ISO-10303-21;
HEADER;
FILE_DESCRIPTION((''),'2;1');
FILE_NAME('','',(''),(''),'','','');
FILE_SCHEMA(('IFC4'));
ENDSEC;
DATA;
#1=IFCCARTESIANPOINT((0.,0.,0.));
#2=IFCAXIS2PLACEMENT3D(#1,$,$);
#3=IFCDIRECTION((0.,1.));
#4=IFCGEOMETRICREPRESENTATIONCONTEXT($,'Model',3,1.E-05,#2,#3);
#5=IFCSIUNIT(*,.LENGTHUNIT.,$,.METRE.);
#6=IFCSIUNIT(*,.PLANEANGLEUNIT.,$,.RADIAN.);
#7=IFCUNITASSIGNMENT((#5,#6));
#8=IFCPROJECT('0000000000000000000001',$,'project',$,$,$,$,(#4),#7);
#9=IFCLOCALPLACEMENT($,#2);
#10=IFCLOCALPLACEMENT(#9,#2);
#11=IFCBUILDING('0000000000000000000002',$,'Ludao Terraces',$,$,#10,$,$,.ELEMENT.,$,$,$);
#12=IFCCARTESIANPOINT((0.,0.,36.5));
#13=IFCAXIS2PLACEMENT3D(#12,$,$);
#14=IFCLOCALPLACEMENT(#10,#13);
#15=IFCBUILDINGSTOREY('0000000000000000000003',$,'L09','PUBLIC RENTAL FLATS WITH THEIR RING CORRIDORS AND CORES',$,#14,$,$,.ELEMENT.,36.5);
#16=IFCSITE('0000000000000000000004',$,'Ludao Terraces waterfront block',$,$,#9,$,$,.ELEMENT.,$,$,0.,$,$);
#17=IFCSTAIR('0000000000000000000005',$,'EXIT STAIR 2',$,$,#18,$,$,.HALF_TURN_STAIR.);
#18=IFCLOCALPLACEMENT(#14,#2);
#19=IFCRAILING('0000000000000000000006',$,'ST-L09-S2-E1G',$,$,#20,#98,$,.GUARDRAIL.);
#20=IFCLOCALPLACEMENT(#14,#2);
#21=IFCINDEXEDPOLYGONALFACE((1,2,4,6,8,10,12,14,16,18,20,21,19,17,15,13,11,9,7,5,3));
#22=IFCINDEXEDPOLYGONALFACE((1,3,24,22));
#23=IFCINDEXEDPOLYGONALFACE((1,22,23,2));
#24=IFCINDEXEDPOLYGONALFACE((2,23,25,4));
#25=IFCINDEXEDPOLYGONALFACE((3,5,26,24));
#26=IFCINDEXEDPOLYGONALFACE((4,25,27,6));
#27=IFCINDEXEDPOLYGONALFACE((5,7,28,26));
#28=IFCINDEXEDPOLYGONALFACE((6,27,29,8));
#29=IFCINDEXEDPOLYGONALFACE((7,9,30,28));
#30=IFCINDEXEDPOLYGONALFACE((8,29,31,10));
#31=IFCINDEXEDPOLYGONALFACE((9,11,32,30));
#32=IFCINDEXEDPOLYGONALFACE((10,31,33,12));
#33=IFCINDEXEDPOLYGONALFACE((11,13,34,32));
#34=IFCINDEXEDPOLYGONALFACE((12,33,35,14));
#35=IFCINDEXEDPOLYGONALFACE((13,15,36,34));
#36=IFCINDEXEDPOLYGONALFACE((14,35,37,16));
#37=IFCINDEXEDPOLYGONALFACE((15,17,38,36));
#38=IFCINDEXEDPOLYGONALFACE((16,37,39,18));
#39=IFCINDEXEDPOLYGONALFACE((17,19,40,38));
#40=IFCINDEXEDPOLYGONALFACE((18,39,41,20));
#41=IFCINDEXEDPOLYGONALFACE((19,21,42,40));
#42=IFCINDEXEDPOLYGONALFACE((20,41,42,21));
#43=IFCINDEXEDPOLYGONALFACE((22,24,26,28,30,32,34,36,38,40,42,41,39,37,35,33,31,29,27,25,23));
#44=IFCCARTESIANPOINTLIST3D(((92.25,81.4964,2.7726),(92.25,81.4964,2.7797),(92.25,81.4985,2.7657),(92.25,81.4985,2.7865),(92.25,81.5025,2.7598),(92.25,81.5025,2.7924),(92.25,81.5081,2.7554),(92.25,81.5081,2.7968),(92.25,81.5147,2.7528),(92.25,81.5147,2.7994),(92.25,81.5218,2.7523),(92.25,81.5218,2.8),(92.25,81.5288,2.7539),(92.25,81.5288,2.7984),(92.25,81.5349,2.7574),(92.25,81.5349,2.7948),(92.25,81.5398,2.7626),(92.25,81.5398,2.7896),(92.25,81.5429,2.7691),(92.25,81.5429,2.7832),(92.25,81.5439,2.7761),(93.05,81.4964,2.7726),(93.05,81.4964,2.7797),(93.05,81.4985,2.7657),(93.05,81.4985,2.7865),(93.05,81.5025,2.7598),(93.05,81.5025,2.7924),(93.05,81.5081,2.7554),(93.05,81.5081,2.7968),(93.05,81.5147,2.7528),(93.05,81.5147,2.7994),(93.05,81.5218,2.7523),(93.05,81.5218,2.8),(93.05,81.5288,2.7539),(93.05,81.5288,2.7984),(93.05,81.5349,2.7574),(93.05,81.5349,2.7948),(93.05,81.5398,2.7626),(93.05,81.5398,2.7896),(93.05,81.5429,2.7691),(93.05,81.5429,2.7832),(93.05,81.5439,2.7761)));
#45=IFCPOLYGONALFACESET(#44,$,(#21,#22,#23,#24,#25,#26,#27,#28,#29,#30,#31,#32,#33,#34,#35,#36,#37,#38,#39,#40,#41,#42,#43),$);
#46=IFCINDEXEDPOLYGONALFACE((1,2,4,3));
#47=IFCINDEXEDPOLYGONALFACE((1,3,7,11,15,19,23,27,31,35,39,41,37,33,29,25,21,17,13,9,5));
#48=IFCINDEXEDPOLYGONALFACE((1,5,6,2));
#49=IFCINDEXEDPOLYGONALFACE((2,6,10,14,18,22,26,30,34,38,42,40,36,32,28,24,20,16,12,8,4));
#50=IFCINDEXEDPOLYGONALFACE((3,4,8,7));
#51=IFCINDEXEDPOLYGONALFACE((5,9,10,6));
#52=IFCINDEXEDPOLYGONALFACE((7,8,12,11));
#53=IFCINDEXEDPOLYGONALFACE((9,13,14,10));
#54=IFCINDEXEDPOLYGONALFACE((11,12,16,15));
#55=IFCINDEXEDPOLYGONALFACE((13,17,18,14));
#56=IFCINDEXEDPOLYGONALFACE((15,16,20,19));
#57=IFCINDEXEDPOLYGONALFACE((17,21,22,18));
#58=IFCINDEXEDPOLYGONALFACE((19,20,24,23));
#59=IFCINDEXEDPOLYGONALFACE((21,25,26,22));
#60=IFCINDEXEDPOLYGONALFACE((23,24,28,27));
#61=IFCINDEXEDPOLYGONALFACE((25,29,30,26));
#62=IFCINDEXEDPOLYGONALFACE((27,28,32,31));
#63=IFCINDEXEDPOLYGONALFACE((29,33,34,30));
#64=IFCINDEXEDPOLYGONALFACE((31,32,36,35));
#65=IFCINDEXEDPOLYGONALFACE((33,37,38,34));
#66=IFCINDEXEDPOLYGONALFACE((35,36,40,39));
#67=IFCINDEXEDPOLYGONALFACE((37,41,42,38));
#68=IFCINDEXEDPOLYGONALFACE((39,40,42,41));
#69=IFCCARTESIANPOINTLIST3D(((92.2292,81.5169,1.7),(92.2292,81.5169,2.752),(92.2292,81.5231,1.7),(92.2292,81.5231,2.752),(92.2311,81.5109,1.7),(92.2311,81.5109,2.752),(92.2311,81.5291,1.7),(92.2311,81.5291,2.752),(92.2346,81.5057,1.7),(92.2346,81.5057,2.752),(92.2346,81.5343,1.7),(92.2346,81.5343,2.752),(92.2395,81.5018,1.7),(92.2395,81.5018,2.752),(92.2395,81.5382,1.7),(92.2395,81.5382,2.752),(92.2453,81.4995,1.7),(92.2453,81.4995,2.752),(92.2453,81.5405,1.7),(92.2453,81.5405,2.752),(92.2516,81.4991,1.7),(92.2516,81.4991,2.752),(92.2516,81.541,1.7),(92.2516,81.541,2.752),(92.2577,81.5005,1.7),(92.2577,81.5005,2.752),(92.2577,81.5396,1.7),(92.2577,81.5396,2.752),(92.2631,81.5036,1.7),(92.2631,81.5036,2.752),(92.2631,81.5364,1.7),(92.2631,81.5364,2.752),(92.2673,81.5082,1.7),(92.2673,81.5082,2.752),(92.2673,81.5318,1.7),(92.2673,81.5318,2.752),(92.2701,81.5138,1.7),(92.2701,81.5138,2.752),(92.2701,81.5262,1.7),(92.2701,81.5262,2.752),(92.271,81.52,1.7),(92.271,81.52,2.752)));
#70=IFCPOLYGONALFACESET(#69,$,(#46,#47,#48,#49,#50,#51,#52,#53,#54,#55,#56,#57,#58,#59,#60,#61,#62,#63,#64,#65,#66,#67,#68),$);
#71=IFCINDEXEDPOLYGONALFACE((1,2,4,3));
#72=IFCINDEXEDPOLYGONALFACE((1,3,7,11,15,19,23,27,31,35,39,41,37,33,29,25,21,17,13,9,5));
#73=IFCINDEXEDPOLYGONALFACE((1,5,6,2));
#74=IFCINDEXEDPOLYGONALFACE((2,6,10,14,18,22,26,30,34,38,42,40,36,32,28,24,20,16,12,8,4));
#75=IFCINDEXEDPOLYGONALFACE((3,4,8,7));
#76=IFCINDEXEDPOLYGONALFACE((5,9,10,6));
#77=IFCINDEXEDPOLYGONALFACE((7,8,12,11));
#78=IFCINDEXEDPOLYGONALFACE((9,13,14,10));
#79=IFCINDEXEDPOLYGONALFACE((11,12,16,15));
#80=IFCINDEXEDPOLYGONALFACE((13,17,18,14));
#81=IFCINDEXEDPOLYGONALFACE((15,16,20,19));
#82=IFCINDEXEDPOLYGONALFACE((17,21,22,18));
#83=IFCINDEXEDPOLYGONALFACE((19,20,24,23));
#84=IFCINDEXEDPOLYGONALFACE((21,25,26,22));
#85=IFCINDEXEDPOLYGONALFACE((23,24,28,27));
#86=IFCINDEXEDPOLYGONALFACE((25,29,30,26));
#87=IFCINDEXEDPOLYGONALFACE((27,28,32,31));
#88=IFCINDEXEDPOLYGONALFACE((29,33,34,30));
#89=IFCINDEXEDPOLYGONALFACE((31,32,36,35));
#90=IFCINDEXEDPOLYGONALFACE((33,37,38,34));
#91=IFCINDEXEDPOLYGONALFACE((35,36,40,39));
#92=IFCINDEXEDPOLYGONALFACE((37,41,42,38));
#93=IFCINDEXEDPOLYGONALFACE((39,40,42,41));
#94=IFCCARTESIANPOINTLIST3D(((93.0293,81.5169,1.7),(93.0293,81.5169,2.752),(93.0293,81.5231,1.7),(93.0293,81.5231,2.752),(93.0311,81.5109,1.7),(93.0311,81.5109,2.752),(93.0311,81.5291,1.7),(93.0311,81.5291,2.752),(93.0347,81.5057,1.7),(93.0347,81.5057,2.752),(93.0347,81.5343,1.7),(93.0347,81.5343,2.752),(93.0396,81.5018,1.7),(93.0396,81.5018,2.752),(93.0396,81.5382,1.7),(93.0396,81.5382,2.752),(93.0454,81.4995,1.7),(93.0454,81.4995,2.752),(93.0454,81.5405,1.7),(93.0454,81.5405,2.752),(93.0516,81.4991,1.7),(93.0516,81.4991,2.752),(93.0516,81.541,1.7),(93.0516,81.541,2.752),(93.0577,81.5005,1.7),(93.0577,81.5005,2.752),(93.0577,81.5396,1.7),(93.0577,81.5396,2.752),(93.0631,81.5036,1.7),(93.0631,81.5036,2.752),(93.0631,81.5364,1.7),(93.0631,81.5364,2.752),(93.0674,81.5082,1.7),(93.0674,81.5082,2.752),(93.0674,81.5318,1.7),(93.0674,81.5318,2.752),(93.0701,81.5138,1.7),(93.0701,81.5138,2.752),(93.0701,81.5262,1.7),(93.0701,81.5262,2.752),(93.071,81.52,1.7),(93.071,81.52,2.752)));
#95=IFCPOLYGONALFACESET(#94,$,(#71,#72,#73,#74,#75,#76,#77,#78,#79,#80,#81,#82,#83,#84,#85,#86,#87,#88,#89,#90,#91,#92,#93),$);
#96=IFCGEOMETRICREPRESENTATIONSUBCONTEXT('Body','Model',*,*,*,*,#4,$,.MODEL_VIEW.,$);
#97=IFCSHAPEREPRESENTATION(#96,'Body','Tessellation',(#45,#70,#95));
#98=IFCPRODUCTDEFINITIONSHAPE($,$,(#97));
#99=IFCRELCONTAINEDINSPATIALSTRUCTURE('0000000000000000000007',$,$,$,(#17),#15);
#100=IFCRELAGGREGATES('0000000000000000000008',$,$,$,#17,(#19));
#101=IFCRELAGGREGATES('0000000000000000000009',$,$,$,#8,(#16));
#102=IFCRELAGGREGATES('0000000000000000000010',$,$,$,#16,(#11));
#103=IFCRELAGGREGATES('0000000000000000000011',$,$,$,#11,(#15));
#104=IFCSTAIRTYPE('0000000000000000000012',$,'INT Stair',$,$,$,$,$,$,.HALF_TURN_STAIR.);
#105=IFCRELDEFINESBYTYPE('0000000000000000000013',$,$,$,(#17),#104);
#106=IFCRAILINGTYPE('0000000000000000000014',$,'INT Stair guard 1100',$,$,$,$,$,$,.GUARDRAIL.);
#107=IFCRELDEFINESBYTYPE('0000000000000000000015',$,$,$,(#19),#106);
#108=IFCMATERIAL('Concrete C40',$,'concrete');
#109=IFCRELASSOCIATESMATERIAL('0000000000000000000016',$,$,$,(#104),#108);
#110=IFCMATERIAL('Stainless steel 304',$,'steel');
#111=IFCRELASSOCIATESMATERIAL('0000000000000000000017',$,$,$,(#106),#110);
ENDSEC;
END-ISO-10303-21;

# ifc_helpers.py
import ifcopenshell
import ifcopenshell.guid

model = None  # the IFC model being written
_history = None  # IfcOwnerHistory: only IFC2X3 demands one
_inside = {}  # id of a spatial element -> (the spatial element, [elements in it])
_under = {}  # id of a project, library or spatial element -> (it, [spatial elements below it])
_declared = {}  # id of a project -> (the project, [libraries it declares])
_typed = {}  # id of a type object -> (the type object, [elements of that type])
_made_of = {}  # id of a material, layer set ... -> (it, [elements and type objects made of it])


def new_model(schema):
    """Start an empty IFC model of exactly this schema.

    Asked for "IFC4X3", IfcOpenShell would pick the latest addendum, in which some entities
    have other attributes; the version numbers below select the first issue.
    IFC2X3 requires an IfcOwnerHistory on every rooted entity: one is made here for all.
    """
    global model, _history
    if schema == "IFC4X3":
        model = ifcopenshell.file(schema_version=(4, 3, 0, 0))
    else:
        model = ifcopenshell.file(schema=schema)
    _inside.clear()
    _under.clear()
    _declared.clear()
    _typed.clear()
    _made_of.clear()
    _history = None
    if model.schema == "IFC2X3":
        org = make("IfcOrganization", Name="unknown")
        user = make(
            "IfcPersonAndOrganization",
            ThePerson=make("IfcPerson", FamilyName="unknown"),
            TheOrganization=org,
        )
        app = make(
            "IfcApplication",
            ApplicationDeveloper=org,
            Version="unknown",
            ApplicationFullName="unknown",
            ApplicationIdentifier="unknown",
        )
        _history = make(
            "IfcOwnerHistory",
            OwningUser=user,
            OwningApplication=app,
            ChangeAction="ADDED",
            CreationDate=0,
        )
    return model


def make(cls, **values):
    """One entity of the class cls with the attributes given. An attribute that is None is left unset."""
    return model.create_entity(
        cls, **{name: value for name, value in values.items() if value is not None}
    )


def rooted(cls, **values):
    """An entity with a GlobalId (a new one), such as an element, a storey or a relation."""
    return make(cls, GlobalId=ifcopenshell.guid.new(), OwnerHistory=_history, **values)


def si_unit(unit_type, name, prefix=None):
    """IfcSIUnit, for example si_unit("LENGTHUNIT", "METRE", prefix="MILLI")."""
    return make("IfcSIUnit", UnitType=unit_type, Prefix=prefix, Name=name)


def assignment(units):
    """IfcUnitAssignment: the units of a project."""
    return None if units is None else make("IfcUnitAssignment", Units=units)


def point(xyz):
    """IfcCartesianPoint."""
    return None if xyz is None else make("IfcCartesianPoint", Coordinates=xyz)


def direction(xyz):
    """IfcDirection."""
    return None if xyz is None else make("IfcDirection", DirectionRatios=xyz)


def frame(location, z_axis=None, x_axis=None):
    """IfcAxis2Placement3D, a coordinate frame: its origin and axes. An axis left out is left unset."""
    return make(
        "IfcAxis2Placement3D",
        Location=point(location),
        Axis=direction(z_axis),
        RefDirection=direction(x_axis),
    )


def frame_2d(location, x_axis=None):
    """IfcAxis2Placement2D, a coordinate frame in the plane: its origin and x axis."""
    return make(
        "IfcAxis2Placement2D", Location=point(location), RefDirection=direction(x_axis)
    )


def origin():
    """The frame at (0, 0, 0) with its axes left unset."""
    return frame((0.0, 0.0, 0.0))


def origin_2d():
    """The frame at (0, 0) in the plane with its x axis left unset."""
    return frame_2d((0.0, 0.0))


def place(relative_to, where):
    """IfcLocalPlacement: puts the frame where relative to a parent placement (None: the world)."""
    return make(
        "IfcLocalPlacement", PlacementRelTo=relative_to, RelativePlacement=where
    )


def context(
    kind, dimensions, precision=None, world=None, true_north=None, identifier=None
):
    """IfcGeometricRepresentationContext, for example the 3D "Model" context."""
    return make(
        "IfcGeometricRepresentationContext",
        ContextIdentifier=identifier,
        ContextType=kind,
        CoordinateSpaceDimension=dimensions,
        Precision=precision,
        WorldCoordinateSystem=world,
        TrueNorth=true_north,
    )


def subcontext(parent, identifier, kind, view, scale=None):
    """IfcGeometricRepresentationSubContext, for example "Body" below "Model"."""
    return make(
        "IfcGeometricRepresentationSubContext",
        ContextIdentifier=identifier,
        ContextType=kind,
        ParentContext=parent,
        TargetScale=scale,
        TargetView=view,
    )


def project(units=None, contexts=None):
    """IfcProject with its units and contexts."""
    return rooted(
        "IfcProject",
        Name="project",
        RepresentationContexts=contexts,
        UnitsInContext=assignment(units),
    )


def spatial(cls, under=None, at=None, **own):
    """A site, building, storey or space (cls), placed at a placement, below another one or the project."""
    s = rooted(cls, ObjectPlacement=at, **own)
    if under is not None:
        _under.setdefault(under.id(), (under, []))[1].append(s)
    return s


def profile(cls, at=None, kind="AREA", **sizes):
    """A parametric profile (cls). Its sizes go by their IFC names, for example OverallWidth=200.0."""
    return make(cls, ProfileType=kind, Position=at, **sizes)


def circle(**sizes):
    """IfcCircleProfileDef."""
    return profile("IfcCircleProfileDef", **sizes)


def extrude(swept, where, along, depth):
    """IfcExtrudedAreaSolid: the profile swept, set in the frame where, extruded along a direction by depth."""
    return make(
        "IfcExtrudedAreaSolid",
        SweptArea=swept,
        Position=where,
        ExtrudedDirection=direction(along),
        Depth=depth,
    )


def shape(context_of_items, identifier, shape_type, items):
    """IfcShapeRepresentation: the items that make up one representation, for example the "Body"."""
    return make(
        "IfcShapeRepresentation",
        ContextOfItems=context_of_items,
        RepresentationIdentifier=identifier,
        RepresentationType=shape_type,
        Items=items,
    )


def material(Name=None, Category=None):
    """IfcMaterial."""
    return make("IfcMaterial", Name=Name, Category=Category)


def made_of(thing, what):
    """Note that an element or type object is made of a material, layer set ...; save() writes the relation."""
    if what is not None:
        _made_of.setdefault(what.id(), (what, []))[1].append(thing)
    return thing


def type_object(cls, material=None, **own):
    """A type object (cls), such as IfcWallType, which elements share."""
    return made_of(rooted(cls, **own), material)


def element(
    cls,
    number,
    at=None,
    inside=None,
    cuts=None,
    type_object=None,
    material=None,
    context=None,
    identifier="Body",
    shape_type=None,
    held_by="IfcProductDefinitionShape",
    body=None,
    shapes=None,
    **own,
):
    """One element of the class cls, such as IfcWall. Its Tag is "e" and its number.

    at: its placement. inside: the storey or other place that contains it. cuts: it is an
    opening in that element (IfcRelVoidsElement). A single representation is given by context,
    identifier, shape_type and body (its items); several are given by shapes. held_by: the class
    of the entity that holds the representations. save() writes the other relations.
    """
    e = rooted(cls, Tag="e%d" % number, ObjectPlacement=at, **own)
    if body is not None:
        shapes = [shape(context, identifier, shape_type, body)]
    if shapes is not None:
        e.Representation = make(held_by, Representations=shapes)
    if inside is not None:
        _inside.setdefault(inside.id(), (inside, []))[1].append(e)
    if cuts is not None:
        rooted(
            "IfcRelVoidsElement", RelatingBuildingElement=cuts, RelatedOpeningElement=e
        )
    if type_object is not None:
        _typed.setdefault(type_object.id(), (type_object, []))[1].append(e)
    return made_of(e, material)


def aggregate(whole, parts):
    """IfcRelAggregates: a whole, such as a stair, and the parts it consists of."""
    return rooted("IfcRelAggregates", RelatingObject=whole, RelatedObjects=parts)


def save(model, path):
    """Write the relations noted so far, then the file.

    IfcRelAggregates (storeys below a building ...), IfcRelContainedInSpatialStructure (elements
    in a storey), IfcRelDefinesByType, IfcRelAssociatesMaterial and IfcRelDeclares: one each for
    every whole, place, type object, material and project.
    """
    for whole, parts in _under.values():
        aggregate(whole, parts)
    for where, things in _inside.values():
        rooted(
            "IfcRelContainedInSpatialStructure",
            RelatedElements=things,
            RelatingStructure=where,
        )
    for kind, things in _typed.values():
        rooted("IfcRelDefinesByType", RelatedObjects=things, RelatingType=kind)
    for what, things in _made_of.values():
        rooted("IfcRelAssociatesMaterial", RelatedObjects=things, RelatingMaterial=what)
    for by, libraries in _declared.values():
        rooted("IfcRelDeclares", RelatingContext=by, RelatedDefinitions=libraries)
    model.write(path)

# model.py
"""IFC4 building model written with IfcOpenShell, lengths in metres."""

from ifc_helpers import new_model, si_unit, direction, frame, origin, origin_2d, place, context, subcontext, project, spatial, circle, extrude, material, type_object, element, aggregate, save


model = new_model("IFC4")

# Units and contexts
model_context = context("Model", 3, precision=1e-05, world=origin(), true_north=direction((0.0, 1.0)))
body_context = subcontext(model_context, "Body", "Model", "MODEL_VIEW")
ifc_project = project(units=[si_unit("LENGTHUNIT", "METRE"), si_unit("PLANEANGLEUNIT", "RADIAN")], contexts=[model_context])

# Site, building, storey
site_placement = place(None, origin())
site = spatial("IfcSite", under=ifc_project, at=site_placement, Name="Ludao Terraces waterfront block", CompositionType="ELEMENT", RefElevation=0.0)
building_placement = place(site_placement, origin())
building = spatial("IfcBuilding", under=site, at=building_placement, Name="Ludao Terraces", CompositionType="ELEMENT")
storey_placement = place(building_placement, frame((0.0, 0.0, 36.5)))
storey = spatial("IfcBuildingStorey", under=building, at=storey_placement, Name="L09", Description="PUBLIC RENTAL FLATS WITH THEIR RING CORRIDORS AND CORES", CompositionType="ELEMENT", Elevation=36.5)

# Shared definitions
ifc_material_1 = material(Name="Concrete C40", Category="concrete")

# Stair, railing
stair_type = type_object("IfcStairType", Name="INT Stair", PredefinedType="HALF_TURN_STAIR", material=ifc_material_1)
stair_placement = place(storey_placement, origin())
stair = element("IfcStair", 1, at=stair_placement, inside=storey, type_object=stair_type, Name="EXIT STAIR 2", PredefinedType="HALF_TURN_STAIR")
ifc_material_2 = material(Name="Stainless steel 304", Category="steel")
railing_type_1 = type_object("IfcRailingType", Name="INT Stair guard 1100", PredefinedType="GUARDRAIL", material=ifc_material_2)
railing_1_placement = place(storey_placement, frame((92.25, 81.52, 1.7)))
railing_1 = element("IfcRailing", 2, at=railing_1_placement, type_object=railing_type_1, Name="ST-L09-S2-E1G", PredefinedType="GUARDRAIL", context=body_context, shape_type="SweptSolid", body=[
    extrude(circle(Radius=0.0239, at=origin_2d()), frame((0.0, 0.0, 1.0762), z_axis=(1.0, 0.0, 0.0), x_axis=(0.0, 1.0, 0.0)), (0.0, 0.0, 1.0), 0.8),
    extrude(circle(Radius=0.021, at=origin_2d()), origin(), (0.0, 0.0, 1.0), 1.052),
    extrude(circle(Radius=0.021, at=origin_2d()), frame((0.8, 0.0, 0.0)), (0.0, 0.0, 1.0), 1.052),
])
aggregate(stair, [railing_1])

save(model, "model.ifc")
